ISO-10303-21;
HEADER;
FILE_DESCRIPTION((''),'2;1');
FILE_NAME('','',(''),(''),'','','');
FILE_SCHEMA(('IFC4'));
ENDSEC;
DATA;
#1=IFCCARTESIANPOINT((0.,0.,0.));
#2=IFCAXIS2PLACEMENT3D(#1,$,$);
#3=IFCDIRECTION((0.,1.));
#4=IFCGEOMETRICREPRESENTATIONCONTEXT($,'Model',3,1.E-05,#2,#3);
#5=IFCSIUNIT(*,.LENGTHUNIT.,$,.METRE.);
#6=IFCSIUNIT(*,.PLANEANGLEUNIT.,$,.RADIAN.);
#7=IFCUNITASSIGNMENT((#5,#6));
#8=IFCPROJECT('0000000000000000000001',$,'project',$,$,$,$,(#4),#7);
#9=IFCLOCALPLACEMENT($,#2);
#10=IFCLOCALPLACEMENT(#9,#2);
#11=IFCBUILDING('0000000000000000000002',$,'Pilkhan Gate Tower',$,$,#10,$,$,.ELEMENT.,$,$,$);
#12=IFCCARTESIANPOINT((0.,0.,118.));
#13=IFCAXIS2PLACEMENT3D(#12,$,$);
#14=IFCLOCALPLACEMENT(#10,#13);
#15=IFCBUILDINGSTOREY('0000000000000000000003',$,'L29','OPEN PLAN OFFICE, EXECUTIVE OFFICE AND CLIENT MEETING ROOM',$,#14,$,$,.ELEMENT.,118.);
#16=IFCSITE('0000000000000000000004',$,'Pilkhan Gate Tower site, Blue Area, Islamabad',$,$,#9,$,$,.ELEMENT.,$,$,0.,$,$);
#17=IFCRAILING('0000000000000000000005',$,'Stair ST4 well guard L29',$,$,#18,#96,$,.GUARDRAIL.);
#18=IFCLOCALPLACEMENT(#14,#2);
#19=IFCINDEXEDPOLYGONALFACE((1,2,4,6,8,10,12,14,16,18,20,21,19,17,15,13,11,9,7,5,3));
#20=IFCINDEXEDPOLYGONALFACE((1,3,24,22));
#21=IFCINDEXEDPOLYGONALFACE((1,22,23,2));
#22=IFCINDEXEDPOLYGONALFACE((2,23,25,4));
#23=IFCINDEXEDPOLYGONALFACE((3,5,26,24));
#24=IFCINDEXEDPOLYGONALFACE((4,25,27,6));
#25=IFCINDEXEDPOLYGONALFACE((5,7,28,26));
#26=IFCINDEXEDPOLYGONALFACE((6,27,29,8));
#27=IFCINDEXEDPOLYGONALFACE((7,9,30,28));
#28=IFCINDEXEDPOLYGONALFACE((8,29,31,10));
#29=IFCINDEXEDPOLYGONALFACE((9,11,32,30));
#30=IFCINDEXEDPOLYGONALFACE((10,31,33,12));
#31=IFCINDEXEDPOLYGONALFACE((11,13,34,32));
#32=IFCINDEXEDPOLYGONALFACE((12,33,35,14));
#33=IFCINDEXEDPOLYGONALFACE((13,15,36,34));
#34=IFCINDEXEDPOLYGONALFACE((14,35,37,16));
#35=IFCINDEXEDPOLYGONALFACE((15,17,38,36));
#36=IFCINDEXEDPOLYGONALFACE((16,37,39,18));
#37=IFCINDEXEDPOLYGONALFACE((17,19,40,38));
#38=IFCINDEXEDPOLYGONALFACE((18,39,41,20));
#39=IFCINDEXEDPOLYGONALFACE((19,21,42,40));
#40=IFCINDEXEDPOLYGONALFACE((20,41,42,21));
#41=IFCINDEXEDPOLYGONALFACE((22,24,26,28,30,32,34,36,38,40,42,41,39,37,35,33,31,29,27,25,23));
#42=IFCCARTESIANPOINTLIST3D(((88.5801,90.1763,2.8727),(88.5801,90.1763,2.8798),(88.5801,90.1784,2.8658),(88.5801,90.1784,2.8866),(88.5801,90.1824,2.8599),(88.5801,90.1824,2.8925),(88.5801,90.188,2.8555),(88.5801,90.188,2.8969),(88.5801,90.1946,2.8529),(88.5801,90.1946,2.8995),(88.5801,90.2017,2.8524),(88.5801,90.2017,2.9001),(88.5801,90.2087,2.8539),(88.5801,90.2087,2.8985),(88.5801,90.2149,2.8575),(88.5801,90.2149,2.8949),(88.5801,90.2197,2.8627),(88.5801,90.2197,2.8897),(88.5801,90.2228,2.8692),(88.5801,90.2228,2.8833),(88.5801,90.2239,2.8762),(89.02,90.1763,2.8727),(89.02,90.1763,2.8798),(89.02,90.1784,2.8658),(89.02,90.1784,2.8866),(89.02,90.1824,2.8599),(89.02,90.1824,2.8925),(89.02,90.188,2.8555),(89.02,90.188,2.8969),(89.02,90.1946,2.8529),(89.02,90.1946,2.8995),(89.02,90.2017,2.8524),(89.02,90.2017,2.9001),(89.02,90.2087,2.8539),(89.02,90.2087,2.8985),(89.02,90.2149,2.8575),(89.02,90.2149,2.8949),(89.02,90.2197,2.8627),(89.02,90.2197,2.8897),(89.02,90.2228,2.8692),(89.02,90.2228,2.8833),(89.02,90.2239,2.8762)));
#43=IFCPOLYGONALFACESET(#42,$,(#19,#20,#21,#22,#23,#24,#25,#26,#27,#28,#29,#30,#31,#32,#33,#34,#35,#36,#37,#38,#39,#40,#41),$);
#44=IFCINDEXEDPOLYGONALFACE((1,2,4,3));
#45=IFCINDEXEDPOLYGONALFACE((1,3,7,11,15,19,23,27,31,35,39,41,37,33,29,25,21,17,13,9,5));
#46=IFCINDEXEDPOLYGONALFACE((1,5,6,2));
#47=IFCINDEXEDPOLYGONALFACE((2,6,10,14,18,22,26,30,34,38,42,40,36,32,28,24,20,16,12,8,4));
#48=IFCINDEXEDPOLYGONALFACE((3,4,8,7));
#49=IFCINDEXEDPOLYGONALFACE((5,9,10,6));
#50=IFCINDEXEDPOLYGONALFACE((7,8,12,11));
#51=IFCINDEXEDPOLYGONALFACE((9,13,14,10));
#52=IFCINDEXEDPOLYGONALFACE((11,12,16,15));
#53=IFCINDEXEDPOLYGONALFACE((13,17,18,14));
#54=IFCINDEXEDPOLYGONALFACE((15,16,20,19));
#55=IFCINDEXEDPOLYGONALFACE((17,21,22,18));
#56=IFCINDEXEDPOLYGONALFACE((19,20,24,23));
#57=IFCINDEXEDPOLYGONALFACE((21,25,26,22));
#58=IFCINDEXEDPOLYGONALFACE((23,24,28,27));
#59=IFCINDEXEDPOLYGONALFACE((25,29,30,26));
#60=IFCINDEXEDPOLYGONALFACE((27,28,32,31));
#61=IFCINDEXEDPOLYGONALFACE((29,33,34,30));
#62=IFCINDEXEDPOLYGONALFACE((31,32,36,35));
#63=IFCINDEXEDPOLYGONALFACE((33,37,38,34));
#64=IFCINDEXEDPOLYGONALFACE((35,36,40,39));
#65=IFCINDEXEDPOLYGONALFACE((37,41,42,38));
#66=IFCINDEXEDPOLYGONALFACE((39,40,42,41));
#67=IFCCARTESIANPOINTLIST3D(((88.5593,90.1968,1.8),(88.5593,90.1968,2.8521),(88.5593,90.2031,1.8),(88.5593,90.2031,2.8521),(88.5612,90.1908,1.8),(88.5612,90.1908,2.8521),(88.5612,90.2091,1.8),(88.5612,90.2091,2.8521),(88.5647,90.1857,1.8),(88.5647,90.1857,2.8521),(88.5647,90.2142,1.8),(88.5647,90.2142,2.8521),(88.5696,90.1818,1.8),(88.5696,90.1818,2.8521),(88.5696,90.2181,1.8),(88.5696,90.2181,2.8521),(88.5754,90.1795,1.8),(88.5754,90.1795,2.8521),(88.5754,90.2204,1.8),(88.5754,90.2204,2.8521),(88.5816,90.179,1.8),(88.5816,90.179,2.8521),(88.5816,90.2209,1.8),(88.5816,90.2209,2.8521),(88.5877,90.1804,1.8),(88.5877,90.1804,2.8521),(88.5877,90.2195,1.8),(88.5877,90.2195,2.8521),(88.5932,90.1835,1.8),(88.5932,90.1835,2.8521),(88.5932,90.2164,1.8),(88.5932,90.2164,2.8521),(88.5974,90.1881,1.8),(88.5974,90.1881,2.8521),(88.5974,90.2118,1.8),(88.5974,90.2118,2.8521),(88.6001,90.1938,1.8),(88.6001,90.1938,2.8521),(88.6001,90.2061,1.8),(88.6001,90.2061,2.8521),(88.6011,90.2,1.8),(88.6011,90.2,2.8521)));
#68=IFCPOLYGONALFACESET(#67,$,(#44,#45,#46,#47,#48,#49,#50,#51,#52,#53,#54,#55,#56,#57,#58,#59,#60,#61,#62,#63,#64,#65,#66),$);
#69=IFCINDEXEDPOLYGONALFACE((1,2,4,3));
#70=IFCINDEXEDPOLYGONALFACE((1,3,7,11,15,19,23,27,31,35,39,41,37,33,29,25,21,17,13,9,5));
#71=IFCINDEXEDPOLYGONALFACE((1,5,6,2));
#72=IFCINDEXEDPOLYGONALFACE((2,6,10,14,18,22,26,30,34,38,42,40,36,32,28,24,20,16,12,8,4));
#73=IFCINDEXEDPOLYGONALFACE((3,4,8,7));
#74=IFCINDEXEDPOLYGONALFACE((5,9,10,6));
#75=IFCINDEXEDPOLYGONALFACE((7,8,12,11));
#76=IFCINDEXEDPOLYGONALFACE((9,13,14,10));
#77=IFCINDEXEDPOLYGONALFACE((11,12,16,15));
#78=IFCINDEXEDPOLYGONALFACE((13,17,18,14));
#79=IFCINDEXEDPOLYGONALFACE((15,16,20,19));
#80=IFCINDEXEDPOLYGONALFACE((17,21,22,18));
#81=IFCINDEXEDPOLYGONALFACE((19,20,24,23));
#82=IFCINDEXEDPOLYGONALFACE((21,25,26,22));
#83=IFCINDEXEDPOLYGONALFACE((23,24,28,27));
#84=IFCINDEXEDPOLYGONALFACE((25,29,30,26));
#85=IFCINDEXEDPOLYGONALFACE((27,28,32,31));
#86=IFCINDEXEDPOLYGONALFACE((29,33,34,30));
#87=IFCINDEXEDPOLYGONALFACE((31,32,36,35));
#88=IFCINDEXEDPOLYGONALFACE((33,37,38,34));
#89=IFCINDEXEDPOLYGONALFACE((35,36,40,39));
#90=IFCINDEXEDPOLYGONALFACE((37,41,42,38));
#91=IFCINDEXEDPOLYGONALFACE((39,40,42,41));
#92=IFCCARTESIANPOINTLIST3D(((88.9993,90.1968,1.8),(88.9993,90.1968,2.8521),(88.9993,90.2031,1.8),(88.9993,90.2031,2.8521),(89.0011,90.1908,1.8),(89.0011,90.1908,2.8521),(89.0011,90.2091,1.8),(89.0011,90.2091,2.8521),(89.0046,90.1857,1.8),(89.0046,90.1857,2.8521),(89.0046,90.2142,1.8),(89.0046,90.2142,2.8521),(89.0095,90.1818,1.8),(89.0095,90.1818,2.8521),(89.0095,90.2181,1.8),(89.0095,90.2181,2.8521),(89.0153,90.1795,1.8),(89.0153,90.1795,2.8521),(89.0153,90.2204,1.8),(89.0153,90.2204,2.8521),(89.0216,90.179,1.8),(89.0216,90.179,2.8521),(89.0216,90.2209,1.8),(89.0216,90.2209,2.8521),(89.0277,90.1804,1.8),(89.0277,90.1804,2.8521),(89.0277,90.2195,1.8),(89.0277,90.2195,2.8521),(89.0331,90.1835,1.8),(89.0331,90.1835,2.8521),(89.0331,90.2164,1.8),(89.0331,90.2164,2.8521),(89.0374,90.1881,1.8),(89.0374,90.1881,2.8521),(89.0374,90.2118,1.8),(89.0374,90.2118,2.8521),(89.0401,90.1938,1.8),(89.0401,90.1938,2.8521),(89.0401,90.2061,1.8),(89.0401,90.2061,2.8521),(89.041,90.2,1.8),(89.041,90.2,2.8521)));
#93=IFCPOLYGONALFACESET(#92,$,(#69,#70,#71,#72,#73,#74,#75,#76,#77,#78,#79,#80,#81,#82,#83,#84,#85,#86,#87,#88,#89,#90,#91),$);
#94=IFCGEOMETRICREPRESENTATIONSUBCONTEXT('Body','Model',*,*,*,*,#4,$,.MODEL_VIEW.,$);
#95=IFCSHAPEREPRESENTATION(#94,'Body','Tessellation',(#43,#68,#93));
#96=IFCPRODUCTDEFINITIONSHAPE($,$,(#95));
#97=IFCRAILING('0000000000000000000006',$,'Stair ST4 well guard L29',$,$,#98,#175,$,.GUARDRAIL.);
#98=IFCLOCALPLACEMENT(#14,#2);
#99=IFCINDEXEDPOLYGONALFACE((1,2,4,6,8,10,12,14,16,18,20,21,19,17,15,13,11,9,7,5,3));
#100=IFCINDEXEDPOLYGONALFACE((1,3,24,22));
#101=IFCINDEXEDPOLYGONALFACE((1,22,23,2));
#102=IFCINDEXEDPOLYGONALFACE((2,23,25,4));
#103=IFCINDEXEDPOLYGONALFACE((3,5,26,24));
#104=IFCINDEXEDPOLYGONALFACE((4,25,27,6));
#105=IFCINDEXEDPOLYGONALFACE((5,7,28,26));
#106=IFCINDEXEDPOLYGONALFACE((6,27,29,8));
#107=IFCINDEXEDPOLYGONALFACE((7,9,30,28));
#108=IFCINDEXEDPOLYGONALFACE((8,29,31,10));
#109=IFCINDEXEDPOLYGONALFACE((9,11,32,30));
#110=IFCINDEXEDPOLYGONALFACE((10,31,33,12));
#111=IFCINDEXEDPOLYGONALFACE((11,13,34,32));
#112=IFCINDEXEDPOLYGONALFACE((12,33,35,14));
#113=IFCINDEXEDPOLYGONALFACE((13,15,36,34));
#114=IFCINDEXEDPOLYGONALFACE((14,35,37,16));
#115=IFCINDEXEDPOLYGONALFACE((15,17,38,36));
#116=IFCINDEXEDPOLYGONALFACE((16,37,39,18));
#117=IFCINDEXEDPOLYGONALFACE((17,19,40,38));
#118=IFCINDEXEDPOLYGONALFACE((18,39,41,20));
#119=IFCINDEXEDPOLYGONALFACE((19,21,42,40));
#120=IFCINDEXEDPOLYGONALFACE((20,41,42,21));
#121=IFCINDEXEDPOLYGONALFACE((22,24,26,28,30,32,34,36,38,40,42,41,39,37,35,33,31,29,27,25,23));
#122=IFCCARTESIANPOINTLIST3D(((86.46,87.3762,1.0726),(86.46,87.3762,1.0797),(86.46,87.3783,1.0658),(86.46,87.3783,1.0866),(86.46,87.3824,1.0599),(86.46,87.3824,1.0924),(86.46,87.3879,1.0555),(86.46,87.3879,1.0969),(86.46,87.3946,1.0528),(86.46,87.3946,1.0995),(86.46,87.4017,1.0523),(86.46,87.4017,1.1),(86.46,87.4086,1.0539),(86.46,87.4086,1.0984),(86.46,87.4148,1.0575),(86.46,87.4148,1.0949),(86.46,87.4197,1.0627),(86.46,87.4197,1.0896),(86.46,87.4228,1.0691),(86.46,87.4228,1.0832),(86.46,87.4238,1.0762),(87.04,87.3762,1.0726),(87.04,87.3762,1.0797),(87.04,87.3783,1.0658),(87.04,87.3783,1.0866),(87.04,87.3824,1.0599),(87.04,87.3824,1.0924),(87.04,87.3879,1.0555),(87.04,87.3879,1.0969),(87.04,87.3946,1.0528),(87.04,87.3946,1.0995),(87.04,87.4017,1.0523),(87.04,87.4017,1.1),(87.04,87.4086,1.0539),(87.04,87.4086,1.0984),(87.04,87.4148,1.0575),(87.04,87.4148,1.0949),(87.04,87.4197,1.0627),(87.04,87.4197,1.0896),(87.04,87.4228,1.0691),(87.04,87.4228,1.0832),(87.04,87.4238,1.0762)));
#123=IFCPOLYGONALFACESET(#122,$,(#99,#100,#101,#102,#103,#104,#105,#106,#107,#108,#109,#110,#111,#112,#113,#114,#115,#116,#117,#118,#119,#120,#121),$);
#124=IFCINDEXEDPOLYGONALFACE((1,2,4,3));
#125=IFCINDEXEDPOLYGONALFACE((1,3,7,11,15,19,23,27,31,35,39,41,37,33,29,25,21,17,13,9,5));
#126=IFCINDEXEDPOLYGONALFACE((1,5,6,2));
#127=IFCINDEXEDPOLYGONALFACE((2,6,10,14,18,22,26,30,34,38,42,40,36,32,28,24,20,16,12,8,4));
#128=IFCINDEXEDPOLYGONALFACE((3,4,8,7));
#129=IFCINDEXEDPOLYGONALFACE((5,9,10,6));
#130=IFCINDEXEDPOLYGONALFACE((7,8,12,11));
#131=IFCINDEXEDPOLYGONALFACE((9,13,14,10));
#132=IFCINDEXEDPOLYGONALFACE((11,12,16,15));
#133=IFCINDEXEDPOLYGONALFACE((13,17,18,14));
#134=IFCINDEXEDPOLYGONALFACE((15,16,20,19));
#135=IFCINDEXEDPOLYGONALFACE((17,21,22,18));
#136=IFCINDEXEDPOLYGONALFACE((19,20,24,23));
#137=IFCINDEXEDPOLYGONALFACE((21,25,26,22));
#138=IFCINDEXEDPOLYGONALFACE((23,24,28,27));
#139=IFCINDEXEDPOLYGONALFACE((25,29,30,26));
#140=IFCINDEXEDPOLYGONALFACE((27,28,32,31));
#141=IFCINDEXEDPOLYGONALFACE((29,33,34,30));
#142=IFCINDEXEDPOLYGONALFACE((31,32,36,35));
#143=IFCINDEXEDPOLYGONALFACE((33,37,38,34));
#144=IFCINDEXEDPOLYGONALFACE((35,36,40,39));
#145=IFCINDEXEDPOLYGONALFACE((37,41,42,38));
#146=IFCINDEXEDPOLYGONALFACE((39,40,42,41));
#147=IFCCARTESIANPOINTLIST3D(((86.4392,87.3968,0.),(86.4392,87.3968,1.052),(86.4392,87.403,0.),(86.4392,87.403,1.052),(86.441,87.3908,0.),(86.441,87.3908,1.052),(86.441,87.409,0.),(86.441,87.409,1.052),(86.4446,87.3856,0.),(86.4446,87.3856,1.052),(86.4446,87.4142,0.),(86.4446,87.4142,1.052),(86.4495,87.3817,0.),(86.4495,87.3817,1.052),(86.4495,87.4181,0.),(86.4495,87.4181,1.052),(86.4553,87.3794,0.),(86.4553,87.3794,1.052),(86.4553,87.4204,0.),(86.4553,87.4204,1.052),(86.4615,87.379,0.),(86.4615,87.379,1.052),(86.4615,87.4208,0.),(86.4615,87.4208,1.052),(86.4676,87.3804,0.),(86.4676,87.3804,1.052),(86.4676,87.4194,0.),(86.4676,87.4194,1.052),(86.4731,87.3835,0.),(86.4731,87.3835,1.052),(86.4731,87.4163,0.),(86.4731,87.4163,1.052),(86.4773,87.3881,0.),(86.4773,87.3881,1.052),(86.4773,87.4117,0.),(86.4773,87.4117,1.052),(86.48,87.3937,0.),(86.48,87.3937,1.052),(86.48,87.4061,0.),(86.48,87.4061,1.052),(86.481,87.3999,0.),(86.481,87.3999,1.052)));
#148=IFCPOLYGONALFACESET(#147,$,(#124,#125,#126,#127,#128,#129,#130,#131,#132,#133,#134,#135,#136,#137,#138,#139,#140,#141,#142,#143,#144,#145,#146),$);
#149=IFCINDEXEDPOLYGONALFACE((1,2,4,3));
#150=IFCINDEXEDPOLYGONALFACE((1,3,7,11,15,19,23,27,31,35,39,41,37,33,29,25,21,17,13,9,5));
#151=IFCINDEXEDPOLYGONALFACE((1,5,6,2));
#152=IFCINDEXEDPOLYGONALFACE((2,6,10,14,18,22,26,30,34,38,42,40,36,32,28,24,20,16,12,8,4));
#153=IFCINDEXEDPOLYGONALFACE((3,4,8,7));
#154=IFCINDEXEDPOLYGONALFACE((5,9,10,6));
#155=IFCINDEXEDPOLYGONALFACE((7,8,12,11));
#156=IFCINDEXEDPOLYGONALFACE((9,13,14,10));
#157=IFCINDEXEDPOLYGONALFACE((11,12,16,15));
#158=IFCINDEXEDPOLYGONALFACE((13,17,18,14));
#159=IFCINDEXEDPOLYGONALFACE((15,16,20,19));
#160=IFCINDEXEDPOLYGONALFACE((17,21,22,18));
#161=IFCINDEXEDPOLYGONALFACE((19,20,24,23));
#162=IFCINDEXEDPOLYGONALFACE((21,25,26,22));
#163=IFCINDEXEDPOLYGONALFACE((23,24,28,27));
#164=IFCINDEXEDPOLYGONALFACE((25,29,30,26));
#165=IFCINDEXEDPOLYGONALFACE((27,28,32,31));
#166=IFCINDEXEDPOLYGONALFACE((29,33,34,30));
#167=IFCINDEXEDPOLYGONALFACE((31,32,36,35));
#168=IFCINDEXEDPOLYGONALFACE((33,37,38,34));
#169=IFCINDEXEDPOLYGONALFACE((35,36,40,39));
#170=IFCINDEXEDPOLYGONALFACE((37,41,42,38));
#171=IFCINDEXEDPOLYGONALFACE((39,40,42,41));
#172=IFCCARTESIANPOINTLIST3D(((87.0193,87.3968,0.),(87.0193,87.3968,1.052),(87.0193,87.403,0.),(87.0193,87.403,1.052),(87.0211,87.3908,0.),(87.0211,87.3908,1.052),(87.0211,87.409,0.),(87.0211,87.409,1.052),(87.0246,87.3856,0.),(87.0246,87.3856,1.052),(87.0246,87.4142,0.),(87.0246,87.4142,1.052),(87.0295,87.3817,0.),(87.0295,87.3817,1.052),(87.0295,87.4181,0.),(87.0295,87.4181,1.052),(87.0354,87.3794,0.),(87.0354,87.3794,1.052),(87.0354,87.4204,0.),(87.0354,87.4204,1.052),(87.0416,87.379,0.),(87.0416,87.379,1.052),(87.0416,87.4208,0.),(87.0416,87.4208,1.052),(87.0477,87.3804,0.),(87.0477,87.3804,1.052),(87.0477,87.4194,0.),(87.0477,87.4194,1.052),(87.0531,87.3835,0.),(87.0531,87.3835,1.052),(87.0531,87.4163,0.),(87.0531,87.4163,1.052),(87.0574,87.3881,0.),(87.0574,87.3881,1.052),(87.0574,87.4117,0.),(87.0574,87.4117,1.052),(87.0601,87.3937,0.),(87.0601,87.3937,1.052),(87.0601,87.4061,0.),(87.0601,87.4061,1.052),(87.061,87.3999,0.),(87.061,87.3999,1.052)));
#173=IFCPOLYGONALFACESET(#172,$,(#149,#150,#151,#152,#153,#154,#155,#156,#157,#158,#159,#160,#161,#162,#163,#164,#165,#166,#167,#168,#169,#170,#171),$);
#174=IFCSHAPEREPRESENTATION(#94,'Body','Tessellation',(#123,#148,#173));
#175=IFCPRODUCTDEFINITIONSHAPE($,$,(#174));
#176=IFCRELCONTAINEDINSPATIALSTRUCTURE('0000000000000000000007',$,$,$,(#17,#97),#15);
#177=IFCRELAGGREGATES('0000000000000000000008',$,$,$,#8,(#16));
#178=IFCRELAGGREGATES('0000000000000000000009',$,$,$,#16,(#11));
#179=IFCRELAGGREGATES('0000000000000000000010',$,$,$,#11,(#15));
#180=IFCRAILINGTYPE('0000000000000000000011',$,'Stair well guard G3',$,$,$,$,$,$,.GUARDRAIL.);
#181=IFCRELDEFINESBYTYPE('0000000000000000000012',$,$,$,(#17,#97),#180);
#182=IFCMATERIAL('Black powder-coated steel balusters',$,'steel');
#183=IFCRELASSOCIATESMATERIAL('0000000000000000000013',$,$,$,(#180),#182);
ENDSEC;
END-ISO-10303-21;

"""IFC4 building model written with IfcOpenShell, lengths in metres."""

from ifc_helpers import new_model, si_unit, direction, frame, origin, origin_2d, place, context, subcontext, project, spatial, circle, extrude, material, type_object, element, save


model = new_model("IFC4")

# Units and contexts
model_context = context("Model", 3, precision=1e-05, world=origin(), true_north=direction((0.0, 1.0)))
body_context = subcontext(model_context, "Body", "Model", "MODEL_VIEW")
ifc_project = project(units=[si_unit("LENGTHUNIT", "METRE"), si_unit("PLANEANGLEUNIT", "RADIAN")], contexts=[model_context])

# Site, building, storey
site_placement = place(None, origin())
site = spatial("IfcSite", under=ifc_project, at=site_placement, Name="Pilkhan Gate Tower site, Blue Area, Islamabad", CompositionType="ELEMENT", RefElevation=0.0)
building_placement = place(site_placement, origin())
building = spatial("IfcBuilding", under=site, at=building_placement, Name="Pilkhan Gate Tower", CompositionType="ELEMENT")
storey_placement = place(building_placement, frame((0.0, 0.0, 118.0)))
storey = spatial("IfcBuildingStorey", under=building, at=storey_placement, Name="L29", Description="OPEN PLAN OFFICE, EXECUTIVE OFFICE AND CLIENT MEETING ROOM", CompositionType="ELEMENT", Elevation=118.0)

# Railings
ifc_material_1 = material(Name="Black powder-coated steel balusters", Category="steel")
railing_type_1 = type_object("IfcRailingType", Name="Stair well guard G3", PredefinedType="GUARDRAIL", material=ifc_material_1)
railing_1_placement = place(storey_placement, frame((88.5801, 90.2, 1.8)))
element("IfcRailing", 1, at=railing_1_placement, inside=storey, type_object=railing_type_1, Name="Stair ST4 well guard L29", PredefinedType="GUARDRAIL", context=body_context, shape_type="SweptSolid", body=[
    extrude(circle(Radius=0.0239, at=origin_2d()), frame((0.0, 0.0, 1.0762), z_axis=(1.0, 0.0, 0.0), x_axis=(0.0, 1.0, 0.0)), (0.0, 0.0, 1.0), 0.4399),
    extrude(circle(Radius=0.021, at=origin_2d()), origin(), (0.0, 0.0, 1.0), 1.052),
    extrude(circle(Radius=0.021, at=origin_2d()), frame((0.4399, 0.0, 0.0)), (0.0, 0.0, 1.0), 1.052),
])
for number, where, name in (
    (2, (86.46, 87.3999, 0.0), "Stair ST4 well guard L29"),
):
    element("IfcRailing", number, at=place(storey_placement, frame(where)), inside=storey, type_object=railing_type_1, Name=name, PredefinedType="GUARDRAIL", context=body_context, shape_type="SweptSolid", body=[
        extrude(circle(Radius=0.0239, at=origin_2d()), frame((0.0, 0.0, 1.0762), z_axis=(1.0, 0.0, 0.0), x_axis=(0.0, 1.0, 0.0)), (0.0, 0.0, 1.0), 0.5801),
        extrude(circle(Radius=0.021, at=origin_2d()), origin(), (0.0, 0.0, 1.0), 1.052),
        extrude(circle(Radius=0.021, at=origin_2d()), frame((0.5801, 0.0, 0.0)), (0.0, 0.0, 1.0), 1.052),
    ])

save(model, "model.ifc")
